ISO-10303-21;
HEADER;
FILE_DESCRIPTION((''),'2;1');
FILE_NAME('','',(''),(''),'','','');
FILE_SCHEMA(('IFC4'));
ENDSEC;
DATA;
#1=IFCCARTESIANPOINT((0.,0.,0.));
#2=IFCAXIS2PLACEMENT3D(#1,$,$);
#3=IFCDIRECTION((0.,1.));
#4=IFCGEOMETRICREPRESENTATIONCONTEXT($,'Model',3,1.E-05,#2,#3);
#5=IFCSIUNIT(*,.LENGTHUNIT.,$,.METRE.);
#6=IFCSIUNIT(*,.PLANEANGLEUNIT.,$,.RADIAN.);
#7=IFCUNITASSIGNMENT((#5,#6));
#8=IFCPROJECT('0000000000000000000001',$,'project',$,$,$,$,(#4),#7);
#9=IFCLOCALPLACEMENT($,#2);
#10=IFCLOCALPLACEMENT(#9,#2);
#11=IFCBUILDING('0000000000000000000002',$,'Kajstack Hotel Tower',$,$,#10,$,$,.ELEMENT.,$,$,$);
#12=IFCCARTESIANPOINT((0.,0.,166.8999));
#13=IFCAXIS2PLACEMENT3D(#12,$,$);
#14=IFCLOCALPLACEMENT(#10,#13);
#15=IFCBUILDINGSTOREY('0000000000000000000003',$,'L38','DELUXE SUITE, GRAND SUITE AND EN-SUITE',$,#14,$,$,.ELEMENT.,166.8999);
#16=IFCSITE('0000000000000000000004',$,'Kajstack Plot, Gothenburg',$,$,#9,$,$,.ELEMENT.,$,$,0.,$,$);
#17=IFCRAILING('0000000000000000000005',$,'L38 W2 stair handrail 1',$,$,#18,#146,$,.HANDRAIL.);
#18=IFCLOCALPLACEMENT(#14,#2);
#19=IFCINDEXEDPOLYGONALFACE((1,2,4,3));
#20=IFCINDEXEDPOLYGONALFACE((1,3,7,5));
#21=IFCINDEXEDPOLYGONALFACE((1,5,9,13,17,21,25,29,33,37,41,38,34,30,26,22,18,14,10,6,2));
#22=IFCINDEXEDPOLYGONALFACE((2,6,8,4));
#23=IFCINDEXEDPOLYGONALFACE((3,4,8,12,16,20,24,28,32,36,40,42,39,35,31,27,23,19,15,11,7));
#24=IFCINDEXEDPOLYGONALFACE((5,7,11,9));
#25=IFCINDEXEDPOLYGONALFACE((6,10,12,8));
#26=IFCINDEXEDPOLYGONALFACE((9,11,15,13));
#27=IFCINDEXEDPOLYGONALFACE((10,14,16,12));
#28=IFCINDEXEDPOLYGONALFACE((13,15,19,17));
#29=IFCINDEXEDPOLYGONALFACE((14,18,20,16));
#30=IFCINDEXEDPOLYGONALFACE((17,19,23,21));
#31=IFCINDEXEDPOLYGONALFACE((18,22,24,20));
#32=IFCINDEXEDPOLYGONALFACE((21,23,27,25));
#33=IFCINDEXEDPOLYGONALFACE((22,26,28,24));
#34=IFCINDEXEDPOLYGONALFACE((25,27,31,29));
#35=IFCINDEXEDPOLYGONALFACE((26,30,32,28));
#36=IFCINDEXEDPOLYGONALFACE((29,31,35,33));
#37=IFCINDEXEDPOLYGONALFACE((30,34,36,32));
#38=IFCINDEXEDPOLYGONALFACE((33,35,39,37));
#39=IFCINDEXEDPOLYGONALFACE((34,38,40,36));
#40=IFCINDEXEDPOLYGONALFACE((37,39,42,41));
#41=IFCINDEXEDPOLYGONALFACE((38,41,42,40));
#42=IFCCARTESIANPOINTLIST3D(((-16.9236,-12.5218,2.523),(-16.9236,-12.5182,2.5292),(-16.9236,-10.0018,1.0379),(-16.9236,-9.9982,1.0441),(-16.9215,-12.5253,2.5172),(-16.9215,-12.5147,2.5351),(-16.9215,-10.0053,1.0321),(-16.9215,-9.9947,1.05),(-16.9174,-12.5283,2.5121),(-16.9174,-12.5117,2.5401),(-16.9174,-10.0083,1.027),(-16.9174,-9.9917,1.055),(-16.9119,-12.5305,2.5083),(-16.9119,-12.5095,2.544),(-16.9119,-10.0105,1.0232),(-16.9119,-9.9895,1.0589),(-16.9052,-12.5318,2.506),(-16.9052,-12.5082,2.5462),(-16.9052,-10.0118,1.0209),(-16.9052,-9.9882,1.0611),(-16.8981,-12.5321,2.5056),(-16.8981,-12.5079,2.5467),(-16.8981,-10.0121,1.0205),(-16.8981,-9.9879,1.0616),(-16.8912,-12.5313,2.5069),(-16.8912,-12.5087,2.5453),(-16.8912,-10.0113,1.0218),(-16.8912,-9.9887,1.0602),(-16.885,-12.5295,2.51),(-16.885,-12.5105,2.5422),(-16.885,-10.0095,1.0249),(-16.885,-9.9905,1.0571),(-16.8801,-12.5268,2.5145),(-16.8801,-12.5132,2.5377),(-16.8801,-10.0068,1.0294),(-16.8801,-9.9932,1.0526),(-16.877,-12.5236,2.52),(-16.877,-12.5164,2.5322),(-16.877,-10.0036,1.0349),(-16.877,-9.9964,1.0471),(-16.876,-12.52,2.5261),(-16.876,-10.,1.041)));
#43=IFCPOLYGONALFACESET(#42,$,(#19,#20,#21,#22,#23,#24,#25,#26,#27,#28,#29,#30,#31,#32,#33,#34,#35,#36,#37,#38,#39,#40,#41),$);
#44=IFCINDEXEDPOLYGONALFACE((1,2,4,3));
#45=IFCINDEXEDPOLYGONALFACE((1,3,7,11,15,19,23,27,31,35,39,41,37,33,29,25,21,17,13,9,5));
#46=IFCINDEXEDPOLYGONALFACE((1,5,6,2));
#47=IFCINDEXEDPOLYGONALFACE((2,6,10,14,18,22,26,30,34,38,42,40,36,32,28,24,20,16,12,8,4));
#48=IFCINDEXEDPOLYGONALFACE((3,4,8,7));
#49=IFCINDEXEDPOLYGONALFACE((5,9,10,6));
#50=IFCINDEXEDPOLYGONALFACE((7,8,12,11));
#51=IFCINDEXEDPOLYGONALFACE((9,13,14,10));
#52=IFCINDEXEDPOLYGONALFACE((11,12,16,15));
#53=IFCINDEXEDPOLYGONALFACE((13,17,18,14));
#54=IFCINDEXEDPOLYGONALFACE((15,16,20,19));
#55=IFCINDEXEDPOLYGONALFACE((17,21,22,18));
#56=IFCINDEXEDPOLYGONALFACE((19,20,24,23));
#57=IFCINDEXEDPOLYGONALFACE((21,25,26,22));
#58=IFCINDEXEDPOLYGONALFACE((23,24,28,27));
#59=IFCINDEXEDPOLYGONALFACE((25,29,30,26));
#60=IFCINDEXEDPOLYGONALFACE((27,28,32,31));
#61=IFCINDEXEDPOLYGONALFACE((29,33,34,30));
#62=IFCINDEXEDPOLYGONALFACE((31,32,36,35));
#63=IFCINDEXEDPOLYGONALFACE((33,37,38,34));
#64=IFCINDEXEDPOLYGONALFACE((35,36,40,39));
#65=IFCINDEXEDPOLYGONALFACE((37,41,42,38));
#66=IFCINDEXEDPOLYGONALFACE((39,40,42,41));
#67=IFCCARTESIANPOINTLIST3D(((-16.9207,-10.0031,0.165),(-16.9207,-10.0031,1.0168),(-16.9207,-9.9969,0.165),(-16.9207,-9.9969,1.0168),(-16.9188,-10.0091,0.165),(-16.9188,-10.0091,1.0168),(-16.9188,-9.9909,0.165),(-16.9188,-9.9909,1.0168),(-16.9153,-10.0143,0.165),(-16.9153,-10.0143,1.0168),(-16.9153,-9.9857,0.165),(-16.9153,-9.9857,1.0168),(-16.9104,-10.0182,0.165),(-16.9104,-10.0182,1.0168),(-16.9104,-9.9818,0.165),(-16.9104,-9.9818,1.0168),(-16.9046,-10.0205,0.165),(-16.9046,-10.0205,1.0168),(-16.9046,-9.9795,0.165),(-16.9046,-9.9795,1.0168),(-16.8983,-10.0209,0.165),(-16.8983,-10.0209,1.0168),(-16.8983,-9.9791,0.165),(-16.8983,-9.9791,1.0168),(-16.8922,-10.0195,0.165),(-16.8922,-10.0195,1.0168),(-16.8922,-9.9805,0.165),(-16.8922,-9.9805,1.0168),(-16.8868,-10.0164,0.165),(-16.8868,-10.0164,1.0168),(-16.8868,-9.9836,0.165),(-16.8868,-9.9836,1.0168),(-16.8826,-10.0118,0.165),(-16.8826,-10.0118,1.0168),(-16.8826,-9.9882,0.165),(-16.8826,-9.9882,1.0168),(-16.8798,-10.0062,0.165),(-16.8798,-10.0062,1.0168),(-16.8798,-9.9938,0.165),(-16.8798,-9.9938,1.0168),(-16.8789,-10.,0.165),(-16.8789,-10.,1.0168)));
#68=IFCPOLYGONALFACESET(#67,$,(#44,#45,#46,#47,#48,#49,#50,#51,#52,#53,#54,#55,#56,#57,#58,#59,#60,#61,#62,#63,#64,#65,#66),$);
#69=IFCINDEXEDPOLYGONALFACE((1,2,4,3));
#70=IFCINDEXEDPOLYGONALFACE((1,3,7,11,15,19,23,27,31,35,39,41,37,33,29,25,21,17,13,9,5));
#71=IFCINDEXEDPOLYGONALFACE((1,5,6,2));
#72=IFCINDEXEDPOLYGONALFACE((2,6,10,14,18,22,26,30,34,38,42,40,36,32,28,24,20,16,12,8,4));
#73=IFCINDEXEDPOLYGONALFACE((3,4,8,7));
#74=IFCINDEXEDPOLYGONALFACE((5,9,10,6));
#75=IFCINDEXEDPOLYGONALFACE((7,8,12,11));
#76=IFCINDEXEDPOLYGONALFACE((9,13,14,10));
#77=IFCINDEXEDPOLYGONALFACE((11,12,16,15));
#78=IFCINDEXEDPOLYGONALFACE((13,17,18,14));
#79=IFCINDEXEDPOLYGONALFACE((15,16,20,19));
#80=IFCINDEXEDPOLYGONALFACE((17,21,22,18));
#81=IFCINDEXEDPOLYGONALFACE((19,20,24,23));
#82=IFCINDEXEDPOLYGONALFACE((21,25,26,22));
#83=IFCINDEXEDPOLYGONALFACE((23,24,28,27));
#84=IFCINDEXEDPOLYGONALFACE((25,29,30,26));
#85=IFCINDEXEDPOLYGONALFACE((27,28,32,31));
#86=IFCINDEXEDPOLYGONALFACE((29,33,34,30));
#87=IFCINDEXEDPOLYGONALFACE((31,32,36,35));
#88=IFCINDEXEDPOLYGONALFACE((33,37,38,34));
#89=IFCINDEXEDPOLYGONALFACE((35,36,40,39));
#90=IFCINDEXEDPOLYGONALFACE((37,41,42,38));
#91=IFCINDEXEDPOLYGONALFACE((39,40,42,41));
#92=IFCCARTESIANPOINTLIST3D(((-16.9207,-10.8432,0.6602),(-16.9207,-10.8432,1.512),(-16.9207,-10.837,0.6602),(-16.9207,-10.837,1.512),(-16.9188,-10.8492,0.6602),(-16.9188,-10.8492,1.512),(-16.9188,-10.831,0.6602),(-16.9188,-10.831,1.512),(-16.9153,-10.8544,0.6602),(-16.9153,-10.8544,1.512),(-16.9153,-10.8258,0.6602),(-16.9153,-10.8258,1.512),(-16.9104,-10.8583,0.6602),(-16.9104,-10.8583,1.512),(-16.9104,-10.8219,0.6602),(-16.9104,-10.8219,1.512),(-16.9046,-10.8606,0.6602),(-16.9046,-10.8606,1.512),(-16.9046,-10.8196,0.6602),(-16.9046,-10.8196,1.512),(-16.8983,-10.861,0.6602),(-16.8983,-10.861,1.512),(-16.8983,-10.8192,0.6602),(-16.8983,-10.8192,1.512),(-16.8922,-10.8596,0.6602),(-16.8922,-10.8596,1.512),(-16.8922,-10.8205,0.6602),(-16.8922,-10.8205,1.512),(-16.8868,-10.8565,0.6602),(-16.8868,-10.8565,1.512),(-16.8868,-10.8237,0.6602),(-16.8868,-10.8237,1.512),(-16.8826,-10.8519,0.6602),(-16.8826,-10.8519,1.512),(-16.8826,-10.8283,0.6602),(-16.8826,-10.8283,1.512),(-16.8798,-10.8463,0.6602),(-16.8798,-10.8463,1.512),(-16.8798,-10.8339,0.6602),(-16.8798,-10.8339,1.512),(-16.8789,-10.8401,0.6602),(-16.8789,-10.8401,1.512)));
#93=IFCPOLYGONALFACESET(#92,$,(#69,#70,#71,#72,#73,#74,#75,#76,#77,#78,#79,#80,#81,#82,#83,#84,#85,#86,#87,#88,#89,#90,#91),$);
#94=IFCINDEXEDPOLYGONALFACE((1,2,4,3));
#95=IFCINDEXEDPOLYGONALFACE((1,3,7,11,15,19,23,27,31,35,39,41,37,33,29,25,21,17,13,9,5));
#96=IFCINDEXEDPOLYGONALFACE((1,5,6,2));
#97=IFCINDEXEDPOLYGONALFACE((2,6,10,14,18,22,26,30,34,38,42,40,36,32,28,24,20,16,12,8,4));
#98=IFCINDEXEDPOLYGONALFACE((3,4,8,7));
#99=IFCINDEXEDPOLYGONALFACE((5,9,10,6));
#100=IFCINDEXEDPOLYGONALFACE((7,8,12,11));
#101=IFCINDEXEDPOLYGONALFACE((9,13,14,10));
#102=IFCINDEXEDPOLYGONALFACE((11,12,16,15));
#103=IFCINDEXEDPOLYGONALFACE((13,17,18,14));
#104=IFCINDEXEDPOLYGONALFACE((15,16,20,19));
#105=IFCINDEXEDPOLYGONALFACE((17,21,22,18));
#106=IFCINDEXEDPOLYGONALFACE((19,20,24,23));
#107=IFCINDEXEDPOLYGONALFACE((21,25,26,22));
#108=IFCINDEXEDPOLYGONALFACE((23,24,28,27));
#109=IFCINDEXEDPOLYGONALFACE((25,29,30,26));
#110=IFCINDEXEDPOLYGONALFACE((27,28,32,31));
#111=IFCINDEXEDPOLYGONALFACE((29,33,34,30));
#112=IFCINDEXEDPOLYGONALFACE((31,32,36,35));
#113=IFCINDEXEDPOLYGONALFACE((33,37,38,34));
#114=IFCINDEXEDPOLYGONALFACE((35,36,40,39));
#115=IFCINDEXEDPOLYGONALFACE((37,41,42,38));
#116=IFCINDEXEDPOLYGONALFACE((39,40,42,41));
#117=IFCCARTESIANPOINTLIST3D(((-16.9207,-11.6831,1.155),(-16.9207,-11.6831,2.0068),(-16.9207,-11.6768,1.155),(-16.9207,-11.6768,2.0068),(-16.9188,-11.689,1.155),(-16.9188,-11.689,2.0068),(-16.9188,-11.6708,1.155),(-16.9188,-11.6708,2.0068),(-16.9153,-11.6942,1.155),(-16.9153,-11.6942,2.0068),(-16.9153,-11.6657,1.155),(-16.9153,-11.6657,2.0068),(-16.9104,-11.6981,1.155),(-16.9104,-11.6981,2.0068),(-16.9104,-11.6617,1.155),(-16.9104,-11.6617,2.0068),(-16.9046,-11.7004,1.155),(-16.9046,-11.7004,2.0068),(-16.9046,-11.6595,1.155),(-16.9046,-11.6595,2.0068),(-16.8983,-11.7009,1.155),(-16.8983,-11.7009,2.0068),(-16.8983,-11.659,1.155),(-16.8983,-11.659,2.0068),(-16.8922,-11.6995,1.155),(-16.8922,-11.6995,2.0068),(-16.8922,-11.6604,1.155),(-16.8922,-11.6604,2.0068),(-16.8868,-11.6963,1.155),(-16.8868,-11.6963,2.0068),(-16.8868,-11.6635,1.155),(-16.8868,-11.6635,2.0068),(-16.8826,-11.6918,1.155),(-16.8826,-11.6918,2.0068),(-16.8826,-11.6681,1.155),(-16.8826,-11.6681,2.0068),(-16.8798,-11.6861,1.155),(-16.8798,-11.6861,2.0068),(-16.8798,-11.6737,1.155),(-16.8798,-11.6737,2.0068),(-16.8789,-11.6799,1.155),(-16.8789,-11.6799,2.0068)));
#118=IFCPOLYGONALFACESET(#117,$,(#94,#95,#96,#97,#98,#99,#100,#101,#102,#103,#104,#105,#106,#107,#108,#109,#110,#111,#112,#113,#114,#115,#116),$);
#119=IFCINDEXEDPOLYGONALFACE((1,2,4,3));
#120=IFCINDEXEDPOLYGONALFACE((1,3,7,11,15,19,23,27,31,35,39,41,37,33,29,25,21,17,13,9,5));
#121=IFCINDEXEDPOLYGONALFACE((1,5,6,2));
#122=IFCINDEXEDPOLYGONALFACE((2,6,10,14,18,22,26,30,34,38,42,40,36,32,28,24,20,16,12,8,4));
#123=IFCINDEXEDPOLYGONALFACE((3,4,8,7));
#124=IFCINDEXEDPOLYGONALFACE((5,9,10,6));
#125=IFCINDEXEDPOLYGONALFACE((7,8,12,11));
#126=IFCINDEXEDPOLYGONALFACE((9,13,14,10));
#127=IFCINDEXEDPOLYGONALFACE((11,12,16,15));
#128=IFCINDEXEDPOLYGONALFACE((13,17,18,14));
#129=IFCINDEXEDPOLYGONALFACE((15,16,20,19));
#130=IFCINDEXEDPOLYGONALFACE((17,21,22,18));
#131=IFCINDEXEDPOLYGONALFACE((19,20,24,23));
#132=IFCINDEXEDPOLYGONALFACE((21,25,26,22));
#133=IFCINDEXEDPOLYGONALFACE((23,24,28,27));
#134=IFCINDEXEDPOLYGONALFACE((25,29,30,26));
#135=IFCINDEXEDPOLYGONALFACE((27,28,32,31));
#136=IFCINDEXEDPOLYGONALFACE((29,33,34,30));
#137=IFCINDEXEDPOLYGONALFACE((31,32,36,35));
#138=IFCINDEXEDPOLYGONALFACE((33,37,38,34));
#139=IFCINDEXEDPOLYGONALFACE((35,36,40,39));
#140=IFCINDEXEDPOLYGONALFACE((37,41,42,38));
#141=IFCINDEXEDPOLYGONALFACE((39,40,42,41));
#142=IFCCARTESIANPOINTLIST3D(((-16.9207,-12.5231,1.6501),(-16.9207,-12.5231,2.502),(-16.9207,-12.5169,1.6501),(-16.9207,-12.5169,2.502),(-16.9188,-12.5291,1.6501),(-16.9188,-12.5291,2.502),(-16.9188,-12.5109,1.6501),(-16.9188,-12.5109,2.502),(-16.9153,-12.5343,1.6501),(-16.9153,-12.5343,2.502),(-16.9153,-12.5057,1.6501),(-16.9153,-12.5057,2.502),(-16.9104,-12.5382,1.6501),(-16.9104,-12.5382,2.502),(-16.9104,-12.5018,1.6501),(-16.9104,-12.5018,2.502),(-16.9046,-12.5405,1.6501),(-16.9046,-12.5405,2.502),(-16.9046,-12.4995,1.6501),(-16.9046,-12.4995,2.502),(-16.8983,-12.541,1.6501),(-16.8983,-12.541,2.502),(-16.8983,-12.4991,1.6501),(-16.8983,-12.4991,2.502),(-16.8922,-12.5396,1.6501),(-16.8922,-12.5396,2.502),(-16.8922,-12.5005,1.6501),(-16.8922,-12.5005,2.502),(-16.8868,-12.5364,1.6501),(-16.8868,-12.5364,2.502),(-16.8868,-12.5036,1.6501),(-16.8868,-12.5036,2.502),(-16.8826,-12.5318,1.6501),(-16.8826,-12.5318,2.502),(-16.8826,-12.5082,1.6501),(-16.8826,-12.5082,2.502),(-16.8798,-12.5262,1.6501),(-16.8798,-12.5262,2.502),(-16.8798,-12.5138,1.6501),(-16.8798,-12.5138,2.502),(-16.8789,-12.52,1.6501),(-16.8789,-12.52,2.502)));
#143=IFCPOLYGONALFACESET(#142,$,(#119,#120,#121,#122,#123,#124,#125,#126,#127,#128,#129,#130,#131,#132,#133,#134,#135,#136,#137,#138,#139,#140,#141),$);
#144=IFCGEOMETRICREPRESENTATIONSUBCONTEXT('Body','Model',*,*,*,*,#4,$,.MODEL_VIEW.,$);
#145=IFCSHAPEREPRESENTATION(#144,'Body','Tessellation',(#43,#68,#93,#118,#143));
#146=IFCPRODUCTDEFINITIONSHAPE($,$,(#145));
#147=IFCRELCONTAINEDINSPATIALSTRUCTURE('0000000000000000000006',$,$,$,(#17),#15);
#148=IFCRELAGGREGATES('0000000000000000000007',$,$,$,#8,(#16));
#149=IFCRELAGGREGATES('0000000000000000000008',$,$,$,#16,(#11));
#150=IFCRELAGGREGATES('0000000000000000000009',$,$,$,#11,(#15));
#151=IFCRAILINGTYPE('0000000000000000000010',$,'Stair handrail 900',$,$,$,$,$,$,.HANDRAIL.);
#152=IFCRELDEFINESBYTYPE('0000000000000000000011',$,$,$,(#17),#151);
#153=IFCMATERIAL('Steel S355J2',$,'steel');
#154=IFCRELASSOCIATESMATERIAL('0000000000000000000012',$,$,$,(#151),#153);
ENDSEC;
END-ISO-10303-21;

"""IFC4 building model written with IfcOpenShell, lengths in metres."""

from ifc_helpers import new_model, si_unit, direction, frame, origin, origin_2d, place, context, subcontext, project, spatial, circle, extrude, material, type_object, element, save


model = new_model("IFC4")

# Units and contexts
model_context = context("Model", 3, precision=1e-05, world=origin(), true_north=direction((0.0, 1.0)))
body_context = subcontext(model_context, "Body", "Model", "MODEL_VIEW")
ifc_project = project(units=[si_unit("LENGTHUNIT", "METRE"), si_unit("PLANEANGLEUNIT", "RADIAN")], contexts=[model_context])

# Site, building, storey
site_placement = place(None, origin())
site = spatial("IfcSite", under=ifc_project, at=site_placement, Name="Kajstack Plot, Gothenburg", CompositionType="ELEMENT", RefElevation=0.0)
building_placement = place(site_placement, origin())
building = spatial("IfcBuilding", under=site, at=building_placement, Name="Kajstack Hotel Tower", CompositionType="ELEMENT")
storey_placement = place(building_placement, frame((0.0, 0.0, 166.8999)))
storey = spatial("IfcBuildingStorey", under=building, at=storey_placement, Name="L38", Description="DELUXE SUITE, GRAND SUITE AND EN-SUITE", CompositionType="ELEMENT", Elevation=166.8999)

# Railing
ifc_material_1 = material(Name="Steel S355J2", Category="steel")
railing_type_1 = type_object("IfcRailingType", Name="Stair handrail 900", PredefinedType="HANDRAIL", material=ifc_material_1)
railing_1_placement = place(storey_placement, frame((-16.8999, -10.0, 0.165)))
element("IfcRailing", 1, at=railing_1_placement, inside=storey, type_object=railing_type_1, Name="L38 W2 stair handrail 1", PredefinedType="HANDRAIL", context=body_context, shape_type="SweptSolid", body=[
    extrude(circle(Radius=0.0239, at=origin_2d()), frame((0.0, 0.0, 0.876), z_axis=(0.0, -0.861524, 0.507717), x_axis=(1.0, 0.0, 0.0)), (0.0, 0.0, 1.0), 2.925),
    extrude(circle(Radius=0.021, at=origin_2d()), origin(), (0.0, 0.0, 1.0), 0.8518),
    extrude(circle(Radius=0.021, at=origin_2d()), frame((0.0, -0.8401, 0.4951)), (0.0, 0.0, 1.0), 0.8518),
    extrude(circle(Radius=0.021, at=origin_2d()), frame((0.0, -1.6799, 0.99)), (0.0, 0.0, 1.0), 0.8518),
    extrude(circle(Radius=0.021, at=origin_2d()), frame((0.0, -2.52, 1.4851)), (0.0, 0.0, 1.0), 0.8518),
])

save(model, "model.ifc")
